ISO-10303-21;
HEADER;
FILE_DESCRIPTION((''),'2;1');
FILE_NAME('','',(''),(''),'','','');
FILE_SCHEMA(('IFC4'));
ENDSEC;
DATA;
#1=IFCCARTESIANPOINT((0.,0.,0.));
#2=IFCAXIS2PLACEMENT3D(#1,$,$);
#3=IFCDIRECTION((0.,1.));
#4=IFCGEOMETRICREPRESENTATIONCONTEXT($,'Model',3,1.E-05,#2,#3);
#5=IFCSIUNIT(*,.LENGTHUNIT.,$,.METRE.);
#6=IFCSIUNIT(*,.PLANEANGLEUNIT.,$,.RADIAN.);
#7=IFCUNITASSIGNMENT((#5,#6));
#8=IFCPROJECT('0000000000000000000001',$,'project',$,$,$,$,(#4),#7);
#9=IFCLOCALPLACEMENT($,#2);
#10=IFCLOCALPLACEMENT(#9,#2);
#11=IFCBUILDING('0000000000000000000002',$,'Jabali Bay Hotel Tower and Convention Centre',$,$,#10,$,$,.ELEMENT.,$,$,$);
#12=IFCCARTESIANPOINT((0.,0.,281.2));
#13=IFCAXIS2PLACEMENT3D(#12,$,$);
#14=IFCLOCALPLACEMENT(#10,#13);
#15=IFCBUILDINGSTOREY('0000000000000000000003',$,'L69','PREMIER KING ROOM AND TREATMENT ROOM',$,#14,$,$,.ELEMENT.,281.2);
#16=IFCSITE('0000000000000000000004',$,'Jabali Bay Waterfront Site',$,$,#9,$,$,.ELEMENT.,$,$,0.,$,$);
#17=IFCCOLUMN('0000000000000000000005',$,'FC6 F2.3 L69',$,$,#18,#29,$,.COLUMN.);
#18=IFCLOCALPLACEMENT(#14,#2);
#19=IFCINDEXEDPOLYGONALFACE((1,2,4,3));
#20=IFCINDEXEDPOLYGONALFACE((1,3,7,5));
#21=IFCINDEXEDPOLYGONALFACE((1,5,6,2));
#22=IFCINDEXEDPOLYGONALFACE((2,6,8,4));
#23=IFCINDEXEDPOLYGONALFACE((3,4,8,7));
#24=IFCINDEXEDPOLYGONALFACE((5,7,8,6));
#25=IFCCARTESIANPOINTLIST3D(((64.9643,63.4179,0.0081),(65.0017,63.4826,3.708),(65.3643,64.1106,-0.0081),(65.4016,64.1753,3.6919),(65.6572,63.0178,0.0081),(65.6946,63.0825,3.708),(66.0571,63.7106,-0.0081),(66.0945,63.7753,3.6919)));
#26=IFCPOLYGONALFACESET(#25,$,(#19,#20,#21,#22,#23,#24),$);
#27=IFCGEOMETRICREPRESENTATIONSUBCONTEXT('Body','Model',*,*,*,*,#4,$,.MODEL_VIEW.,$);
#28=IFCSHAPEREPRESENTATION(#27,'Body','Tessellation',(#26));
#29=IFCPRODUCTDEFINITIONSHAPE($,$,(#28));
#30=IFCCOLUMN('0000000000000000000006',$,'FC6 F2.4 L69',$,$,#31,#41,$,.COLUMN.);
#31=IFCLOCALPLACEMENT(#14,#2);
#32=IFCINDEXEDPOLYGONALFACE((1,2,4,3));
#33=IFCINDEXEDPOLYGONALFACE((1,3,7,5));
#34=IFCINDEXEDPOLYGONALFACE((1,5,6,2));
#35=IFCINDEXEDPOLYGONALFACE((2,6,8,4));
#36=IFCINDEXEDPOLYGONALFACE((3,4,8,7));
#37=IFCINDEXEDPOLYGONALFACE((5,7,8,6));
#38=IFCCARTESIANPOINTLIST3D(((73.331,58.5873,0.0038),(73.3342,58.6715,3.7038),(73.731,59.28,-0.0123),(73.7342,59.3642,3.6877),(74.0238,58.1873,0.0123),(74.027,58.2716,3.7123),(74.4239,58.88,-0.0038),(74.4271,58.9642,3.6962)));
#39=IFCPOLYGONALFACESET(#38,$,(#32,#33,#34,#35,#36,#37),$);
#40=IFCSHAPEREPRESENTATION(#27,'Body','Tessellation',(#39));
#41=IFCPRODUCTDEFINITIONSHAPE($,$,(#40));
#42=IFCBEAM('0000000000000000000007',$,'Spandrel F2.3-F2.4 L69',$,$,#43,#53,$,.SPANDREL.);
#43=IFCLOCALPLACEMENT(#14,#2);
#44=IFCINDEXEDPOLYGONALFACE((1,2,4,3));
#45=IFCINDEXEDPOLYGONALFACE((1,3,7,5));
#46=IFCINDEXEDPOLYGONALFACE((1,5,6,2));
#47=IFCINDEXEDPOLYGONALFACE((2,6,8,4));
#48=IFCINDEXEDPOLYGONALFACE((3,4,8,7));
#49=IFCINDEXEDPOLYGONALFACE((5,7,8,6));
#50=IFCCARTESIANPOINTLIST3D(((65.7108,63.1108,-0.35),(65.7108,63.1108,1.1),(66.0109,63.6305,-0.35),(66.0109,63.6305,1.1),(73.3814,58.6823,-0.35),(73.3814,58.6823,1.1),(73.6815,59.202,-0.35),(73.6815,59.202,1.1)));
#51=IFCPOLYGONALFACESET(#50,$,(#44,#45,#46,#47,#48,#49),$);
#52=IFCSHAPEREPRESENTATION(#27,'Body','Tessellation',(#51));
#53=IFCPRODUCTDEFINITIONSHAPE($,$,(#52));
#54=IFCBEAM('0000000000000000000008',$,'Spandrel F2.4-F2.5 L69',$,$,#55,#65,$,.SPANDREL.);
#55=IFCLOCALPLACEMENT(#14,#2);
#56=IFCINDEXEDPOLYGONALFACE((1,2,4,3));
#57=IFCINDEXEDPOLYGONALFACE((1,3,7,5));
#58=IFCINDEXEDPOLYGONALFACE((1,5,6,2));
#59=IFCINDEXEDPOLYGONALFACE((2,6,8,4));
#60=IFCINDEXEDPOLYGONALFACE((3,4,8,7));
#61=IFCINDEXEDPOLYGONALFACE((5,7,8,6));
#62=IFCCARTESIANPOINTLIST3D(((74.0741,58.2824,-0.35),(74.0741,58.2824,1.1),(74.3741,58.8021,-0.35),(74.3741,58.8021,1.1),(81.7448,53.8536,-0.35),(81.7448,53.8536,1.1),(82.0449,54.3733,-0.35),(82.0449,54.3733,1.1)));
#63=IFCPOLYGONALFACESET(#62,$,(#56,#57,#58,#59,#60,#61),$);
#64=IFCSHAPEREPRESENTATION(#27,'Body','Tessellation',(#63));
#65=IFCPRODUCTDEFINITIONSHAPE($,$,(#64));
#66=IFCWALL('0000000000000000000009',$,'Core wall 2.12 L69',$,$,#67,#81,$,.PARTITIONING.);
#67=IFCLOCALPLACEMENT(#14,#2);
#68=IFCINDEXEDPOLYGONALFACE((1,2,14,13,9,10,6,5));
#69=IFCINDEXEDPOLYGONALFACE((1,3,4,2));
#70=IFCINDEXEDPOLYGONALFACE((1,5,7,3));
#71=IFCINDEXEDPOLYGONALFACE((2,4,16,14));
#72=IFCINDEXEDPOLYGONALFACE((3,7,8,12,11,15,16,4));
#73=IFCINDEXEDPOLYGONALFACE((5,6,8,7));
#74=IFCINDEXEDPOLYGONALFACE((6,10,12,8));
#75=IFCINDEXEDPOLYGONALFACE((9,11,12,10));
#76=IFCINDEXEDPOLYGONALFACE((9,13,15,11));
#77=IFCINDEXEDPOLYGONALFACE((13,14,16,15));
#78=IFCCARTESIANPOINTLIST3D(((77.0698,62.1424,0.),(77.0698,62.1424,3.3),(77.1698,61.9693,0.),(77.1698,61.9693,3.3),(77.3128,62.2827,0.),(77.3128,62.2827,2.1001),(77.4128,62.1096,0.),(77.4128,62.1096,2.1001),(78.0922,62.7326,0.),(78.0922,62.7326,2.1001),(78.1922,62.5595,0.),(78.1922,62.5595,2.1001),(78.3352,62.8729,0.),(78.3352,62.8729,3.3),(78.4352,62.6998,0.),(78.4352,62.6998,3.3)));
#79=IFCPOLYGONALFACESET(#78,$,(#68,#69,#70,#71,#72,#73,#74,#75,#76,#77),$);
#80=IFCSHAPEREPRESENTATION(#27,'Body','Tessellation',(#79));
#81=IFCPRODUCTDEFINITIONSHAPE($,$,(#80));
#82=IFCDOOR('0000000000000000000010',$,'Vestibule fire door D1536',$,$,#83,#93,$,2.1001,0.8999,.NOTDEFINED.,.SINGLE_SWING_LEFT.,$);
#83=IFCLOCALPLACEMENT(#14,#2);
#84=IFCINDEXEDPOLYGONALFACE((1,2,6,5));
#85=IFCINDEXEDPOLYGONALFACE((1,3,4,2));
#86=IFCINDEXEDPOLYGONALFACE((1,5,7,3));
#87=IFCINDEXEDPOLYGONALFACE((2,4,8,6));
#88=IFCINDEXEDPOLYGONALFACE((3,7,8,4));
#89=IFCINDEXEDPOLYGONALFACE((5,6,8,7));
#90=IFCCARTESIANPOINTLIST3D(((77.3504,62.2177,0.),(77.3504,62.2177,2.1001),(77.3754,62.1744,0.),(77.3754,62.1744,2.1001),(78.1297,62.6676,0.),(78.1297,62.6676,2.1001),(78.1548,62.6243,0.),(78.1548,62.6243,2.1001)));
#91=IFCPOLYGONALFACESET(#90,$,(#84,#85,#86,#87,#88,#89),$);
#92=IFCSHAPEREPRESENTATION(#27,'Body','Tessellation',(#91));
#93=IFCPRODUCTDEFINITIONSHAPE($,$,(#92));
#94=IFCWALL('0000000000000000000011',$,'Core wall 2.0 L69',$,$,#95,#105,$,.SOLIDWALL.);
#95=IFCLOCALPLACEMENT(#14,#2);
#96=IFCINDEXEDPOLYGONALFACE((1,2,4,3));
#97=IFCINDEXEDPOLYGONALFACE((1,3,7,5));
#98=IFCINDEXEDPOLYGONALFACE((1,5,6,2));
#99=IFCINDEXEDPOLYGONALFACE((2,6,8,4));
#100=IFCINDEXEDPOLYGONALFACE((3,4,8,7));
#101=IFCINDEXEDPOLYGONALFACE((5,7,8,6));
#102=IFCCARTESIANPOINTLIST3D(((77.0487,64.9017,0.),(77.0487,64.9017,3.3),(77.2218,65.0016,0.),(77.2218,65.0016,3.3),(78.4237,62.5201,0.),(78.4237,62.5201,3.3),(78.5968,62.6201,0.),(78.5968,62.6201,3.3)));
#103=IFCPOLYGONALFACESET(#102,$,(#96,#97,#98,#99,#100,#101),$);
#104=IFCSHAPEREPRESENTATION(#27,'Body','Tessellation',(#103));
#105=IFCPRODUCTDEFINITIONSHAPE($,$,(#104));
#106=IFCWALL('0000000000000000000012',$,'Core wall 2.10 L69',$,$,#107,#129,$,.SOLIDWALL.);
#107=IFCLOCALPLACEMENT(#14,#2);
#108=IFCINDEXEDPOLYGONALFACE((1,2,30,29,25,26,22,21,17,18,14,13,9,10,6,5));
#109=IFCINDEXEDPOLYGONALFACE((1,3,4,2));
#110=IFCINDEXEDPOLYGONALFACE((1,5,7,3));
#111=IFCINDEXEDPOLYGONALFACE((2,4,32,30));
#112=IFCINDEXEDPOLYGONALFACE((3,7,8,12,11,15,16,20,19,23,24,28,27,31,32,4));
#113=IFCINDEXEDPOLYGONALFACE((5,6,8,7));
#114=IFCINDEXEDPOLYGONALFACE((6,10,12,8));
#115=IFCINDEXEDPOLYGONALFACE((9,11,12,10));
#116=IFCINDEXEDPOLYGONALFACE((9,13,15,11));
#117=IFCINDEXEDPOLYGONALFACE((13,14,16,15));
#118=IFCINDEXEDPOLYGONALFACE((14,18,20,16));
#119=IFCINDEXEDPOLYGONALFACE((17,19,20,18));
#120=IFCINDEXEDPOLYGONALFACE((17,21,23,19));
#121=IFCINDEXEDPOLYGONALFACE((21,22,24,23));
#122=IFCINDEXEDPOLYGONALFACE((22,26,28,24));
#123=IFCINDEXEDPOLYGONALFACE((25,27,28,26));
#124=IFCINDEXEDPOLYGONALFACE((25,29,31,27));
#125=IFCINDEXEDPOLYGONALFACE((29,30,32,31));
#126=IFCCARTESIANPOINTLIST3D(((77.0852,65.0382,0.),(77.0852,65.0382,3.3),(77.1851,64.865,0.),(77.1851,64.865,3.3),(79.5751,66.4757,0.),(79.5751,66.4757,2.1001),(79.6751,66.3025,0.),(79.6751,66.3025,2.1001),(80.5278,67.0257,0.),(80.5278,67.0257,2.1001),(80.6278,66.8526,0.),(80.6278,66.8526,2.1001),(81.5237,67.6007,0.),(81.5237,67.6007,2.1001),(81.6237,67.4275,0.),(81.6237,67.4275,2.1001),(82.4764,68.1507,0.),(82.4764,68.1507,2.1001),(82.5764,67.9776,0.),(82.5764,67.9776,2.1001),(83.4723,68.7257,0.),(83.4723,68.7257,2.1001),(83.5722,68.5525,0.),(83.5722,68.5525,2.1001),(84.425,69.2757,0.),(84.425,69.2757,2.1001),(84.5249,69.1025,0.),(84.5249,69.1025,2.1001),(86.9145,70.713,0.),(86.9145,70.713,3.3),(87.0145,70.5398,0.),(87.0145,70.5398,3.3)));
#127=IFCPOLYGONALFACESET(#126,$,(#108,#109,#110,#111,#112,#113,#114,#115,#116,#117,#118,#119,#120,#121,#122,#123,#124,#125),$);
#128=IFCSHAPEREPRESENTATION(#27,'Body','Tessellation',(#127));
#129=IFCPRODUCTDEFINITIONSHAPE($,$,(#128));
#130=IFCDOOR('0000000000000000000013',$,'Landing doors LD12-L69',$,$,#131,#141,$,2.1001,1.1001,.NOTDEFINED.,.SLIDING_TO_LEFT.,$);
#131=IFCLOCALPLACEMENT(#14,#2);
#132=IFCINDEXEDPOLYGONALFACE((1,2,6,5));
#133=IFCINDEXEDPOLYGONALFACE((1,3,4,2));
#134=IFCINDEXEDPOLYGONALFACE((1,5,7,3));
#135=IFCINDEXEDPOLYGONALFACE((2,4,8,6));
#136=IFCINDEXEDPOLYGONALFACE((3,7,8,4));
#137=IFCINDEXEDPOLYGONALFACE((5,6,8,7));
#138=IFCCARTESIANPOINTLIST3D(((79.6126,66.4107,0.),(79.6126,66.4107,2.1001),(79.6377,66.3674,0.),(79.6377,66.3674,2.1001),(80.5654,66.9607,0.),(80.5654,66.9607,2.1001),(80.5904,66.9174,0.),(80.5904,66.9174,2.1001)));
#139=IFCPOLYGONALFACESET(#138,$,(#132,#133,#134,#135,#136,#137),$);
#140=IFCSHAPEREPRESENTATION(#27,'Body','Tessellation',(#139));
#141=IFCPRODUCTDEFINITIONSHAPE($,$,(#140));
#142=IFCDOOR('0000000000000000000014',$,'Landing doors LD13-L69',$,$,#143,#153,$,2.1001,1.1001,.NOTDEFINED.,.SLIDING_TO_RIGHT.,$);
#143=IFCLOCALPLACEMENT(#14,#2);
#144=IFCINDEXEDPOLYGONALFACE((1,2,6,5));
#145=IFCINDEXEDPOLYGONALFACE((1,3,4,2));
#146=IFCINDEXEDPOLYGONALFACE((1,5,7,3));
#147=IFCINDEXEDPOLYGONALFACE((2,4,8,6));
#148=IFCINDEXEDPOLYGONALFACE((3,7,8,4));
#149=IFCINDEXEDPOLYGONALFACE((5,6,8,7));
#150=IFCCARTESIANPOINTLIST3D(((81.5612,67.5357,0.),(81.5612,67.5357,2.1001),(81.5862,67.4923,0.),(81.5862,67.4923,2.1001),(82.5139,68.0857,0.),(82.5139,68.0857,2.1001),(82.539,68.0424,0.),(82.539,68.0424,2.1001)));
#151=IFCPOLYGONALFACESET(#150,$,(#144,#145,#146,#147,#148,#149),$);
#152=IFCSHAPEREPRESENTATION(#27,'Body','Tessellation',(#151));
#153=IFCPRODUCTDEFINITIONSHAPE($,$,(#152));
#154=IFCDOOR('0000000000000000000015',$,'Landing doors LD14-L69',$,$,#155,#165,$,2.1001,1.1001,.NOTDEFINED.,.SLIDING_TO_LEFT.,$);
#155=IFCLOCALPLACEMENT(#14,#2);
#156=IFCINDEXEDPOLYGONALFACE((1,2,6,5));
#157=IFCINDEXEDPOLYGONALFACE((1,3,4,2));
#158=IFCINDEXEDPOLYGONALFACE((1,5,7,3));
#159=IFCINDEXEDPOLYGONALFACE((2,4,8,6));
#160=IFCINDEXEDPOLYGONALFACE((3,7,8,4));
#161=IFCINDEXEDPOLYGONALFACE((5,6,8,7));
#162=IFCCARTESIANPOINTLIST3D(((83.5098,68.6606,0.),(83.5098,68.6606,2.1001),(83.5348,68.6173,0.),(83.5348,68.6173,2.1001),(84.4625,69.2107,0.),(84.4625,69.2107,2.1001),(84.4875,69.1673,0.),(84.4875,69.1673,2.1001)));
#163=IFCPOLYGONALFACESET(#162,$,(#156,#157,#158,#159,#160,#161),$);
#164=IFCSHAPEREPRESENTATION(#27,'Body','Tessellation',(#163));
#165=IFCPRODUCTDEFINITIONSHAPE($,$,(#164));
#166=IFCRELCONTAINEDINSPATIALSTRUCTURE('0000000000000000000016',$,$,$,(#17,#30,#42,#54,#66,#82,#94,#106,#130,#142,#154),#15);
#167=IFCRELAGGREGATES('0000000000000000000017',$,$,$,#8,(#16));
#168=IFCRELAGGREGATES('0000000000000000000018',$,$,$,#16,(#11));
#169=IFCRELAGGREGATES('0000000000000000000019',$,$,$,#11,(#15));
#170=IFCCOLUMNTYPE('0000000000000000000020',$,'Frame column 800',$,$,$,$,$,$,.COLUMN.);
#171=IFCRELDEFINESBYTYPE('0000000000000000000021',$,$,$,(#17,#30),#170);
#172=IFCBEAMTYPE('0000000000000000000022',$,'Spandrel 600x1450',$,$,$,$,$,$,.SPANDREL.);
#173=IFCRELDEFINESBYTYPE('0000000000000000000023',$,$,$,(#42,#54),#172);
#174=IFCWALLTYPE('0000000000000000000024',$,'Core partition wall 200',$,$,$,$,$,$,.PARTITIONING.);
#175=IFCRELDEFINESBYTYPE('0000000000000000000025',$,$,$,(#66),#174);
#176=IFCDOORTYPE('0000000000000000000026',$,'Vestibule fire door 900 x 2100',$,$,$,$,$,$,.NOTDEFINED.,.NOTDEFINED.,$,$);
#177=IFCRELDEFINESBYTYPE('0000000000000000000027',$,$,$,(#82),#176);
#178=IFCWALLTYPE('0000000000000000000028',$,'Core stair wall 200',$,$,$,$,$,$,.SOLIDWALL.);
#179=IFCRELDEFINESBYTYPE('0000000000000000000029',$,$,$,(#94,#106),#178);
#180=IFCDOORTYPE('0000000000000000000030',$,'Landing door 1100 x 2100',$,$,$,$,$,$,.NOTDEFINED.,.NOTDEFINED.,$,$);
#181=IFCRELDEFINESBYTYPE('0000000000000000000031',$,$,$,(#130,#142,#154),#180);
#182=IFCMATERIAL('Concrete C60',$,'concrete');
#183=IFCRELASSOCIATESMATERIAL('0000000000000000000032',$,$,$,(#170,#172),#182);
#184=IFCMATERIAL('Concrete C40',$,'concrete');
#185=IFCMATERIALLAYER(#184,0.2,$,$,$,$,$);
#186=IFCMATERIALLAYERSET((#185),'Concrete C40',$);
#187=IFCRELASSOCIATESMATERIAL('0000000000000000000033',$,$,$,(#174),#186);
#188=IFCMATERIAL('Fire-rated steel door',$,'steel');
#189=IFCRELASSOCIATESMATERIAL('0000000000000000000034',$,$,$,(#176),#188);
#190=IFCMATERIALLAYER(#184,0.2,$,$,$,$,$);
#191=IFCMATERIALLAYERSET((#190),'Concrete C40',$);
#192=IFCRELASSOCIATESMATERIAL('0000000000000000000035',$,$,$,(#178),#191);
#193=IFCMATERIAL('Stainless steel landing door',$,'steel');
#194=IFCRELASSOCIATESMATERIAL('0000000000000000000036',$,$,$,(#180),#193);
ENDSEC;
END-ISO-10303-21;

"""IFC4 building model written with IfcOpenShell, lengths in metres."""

from ifc_helpers import new_model, si_unit, direction, frame, frame_2d, origin, origin_2d, place, context, subcontext, project, spatial, rectangle, extrude, material, layer, layer_set, material_profile, profile_set, type_object, element, fill, save


model = new_model("IFC4")

# Units and contexts
model_context = context("Model", 3, precision=1e-05, world=origin(), true_north=direction((0.0, 1.0)))
body_context = subcontext(model_context, "Body", "Model", "MODEL_VIEW")
ifc_project = project(units=[si_unit("LENGTHUNIT", "METRE"), si_unit("PLANEANGLEUNIT", "RADIAN")], contexts=[model_context])

# Site, building, storey
site_placement = place(None, origin())
site = spatial("IfcSite", under=ifc_project, at=site_placement, Name="Jabali Bay Waterfront Site", CompositionType="ELEMENT", RefElevation=0.0)
building_placement = place(site_placement, origin())
building = spatial("IfcBuilding", under=site, at=building_placement, Name="Jabali Bay Hotel Tower and Convention Centre", CompositionType="ELEMENT")
storey_placement = place(building_placement, frame((0.0, 0.0, 281.2)))
storey = spatial("IfcBuildingStorey", under=building, at=storey_placement, Name="L69", Description="PREMIER KING ROOM AND TREATMENT ROOM", CompositionType="ELEMENT", Elevation=281.2)

# Columns
ifc_material_1 = material(Name="Concrete C60", Category="concrete")
ifc_material_profile_1 = material_profile(ifc_material_1, rectangle(XDim=0.8, YDim=0.8, at=origin_2d()), Name="Frame column 800")
ifc_profile_set_1 = profile_set([ifc_material_profile_1], Name="Concrete C60")
column_type = type_object("IfcColumnType", Name="Frame column 800", PredefinedType="COLUMN", material=ifc_profile_set_1)
column_1_placement = place(storey_placement, frame((65.5107, 63.5642, 0.0), z_axis=(0.010094, 0.017482, 0.999796), x_axis=(-0.866026, 0.499999, 0.0)))
element("IfcColumn", 1, at=column_1_placement, inside=storey, type_object=column_type, Name="FC6 F2.3 L69", PredefinedType="COLUMN", context=body_context, shape_type="SweptSolid", body=[
    extrude(rectangle(XDim=0.8, YDim=0.8, at=origin_2d()), origin(), (0.0, 0.0, 1.0), 3.7007),
])
column_2_placement = place(storey_placement, frame((73.8774, 58.7336, 0.0), z_axis=(0.000858, 0.022759, 0.999741), x_axis=(-0.500033, -0.865772, 0.020138)))
element("IfcColumn", 2, at=column_2_placement, inside=storey, type_object=column_type, Name="FC6 F2.4 L69", PredefinedType="COLUMN", context=body_context, shape_type="SweptSolid", body=[
    extrude(rectangle(XDim=0.8, YDim=0.8, at=origin_2d()), origin(), (0.0, 0.0, 1.0), 3.7009),
])

# Beams
ifc_material_profile_2 = material_profile(ifc_material_1, rectangle(XDim=0.6001, YDim=1.45, at=origin_2d()), Name="Spandrel 600x1450")
ifc_profile_set_2 = profile_set([ifc_material_profile_2], Name="Concrete C60")
beam_type = type_object("IfcBeamType", Name="Spandrel 600x1450", PredefinedType="SPANDREL", material=ifc_profile_set_2)
beam_1_placement = place(storey_placement, frame((65.8608, 63.3706, 0.375), z_axis=(0.866035, -0.499984, 0.0), x_axis=(0.499984, 0.866035, 0.0)))
element("IfcBeam", 3, at=beam_1_placement, inside=storey, type_object=beam_type, Name="Spandrel F2.3-F2.4 L69", PredefinedType="SPANDREL", context=body_context, shape_type="SweptSolid", body=[
    extrude(rectangle(XDim=0.6001, YDim=1.45, at=origin_2d()), origin(), (0.0, 0.0, 1.0), 8.8572),
])
beam_2_placement = place(storey_placement, frame((74.2241, 58.5422, 0.375), z_axis=(0.866023, -0.500005, 0.0), x_axis=(0.500005, 0.866023, 0.0)))
element("IfcBeam", 4, at=beam_2_placement, inside=storey, type_object=beam_type, Name="Spandrel F2.4-F2.5 L69", PredefinedType="SPANDREL", context=body_context, shape_type="SweptSolid", body=[
    extrude(rectangle(XDim=0.6001, YDim=1.45, at=origin_2d()), origin(), (0.0, 0.0, 1.0), 8.8574),
])

# Wall, opening, door
ifc_material_2 = material(Name="Concrete C40", Category="concrete")
ifc_layer_1 = layer(ifc_material_2, 0.2)
ifc_layer_set_1 = layer_set([ifc_layer_1], Name="Concrete C40")
wall_type_1 = type_object("IfcWallType", Name="Core partition wall 200", PredefinedType="PARTITIONING", material=ifc_layer_set_1)
wall_1_placement = place(storey_placement, frame((77.1199, 62.0559, 0.0), z_axis=(0.0, 0.0, 1.0), x_axis=(0.866055, 0.499949, 0.0)))
wall_1 = element("IfcWall", 5, at=wall_1_placement, inside=storey, type_object=wall_type_1, Name="Core wall 2.12 L69", PredefinedType="PARTITIONING", context=body_context, shape_type="SweptSolid", body=[
    extrude(rectangle(XDim=1.4612, YDim=0.2, at=frame_2d((0.7305, 0.0))), origin(), (0.0, 0.0, 1.0), 3.3),
])
opening_1_placement = place(wall_1_placement, frame((0.2805, 0.0, 0.0)))
opening_1 = element("IfcOpeningElement", 6, at=opening_1_placement, cuts=wall_1, PredefinedType="OPENING", context=body_context, shape_type="SweptSolid", body=[
    extrude(rectangle(XDim=0.8999, YDim=2.1001, at=frame_2d((0.45, 1.05))), frame((0.0, 0.1104, 0.0), z_axis=(0.0, -1.0, 0.0), x_axis=(1.0, 0.0, 0.0)), (0.0, 0.0, 1.0), 0.2209),
])
ifc_material_3 = material(Name="Fire-rated steel door", Category="steel")
door_type_1 = type_object("IfcDoorType", Name="Vestibule fire door 900 x 2100", OperationType="NOTDEFINED", PredefinedType="NOTDEFINED", material=ifc_material_3)
door_1_placement = place(opening_1_placement, origin())
door_1 = element("IfcDoor", 7, at=door_1_placement, inside=storey, type_object=door_type_1, Name="Vestibule fire door D1536", OperationType="SINGLE_SWING_LEFT", OverallHeight=2.1001, OverallWidth=0.8999, PredefinedType="NOTDEFINED", context=body_context, shape_type="SweptSolid", body=[
    extrude(rectangle(XDim=0.8999, YDim=2.1001, at=frame_2d((0.45, 1.05))), frame((0.0, 0.0249, 0.0), z_axis=(0.0, -1.0, 0.0), x_axis=(1.0, 0.0, 0.0)), (0.0, 0.0, 1.0), 0.05),
])
fill(opening_1, door_1)

# Wall
ifc_layer_2 = layer(ifc_material_2, 0.2)
ifc_layer_set_2 = layer_set([ifc_layer_2], Name="Concrete C40")
wall_type_2 = type_object("IfcWallType", Name="Core stair wall 200", PredefinedType="SOLIDWALL", material=ifc_layer_set_2)
wall_2_placement = place(storey_placement, frame((77.1353, 64.9517, 0.0), z_axis=(0.0, 0.0, 1.0), x_axis=(0.499997, -0.866027, 0.0)))
element("IfcWall", 8, at=wall_2_placement, inside=storey, type_object=wall_type_2, Name="Core wall 2.0 L69", PredefinedType="SOLIDWALL", context=body_context, shape_type="SweptSolid", body=[
    extrude(rectangle(XDim=2.75, YDim=0.2, at=frame_2d((1.375, 0.0))), origin(), (0.0, 0.0, 1.0), 3.3),
])

# Wall, openings, doors
wall_3_placement = place(storey_placement, frame((77.1353, 64.9517, 0.0), z_axis=(0.0, 0.0, 1.0), x_axis=(0.866032, 0.499989, 0.0)))
wall_3 = element("IfcWall", 9, at=wall_3_placement, inside=storey, type_object=wall_type_2, Name="Core wall 2.10 L69", PredefinedType="SOLIDWALL", context=body_context, shape_type="SweptSolid", body=[
    extrude(rectangle(XDim=11.3499, YDim=0.2, at=frame_2d((5.6748, 0.0))), origin(), (0.0, 0.0, 1.0), 3.3),
])
opening_2_placement = place(wall_3_placement, frame((2.875, 0.0, 0.0)))
opening_2 = element("IfcOpeningElement", 10, at=opening_2_placement, cuts=wall_3, PredefinedType="OPENING", context=body_context, shape_type="SweptSolid", body=[
    extrude(rectangle(XDim=1.1001, YDim=2.1001, at=frame_2d((0.55, 1.05))), frame((0.0, 0.1104, 0.0), z_axis=(0.0, -1.0, 0.0), x_axis=(1.0, 0.0, 0.0)), (0.0, 0.0, 1.0), 0.2209),
])
opening_3_placement = place(wall_3_placement, frame((5.125, 0.0, 0.0)))
opening_3 = element("IfcOpeningElement", 11, at=opening_3_placement, cuts=wall_3, PredefinedType="OPENING", context=body_context, shape_type="SweptSolid", body=[
    extrude(rectangle(XDim=1.1001, YDim=2.1001, at=frame_2d((0.55, 1.05))), frame((0.0, 0.1104, 0.0), z_axis=(0.0, -1.0, 0.0), x_axis=(1.0, 0.0, 0.0)), (0.0, 0.0, 1.0), 0.2209),
])
opening_4_placement = place(wall_3_placement, frame((7.375, 0.0, 0.0)))
opening_4 = element("IfcOpeningElement", 12, at=opening_4_placement, cuts=wall_3, PredefinedType="OPENING", context=body_context, shape_type="SweptSolid", body=[
    extrude(rectangle(XDim=1.1001, YDim=2.1001, at=frame_2d((0.55, 1.05))), frame((0.0, 0.1104, 0.0), z_axis=(0.0, -1.0, 0.0), x_axis=(1.0, 0.0, 0.0)), (0.0, 0.0, 1.0), 0.2209),
])
ifc_material_4 = material(Name="Stainless steel landing door", Category="steel")
door_type_2 = type_object("IfcDoorType", Name="Landing door 1100 x 2100", OperationType="NOTDEFINED", PredefinedType="NOTDEFINED", material=ifc_material_4)
door_2_placement = place(opening_2_placement, origin())
door_2 = element("IfcDoor", 13, at=door_2_placement, inside=storey, type_object=door_type_2, Name="Landing doors LD12-L69", OperationType="SLIDING_TO_LEFT", OverallHeight=2.1001, OverallWidth=1.1001, PredefinedType="NOTDEFINED", context=body_context, shape_type="SweptSolid", body=[
    extrude(rectangle(XDim=1.1001, YDim=2.1001, at=frame_2d((0.55, 1.05))), frame((0.0, 0.0249, 0.0), z_axis=(0.0, -1.0, 0.0), x_axis=(1.0, 0.0, 0.0)), (0.0, 0.0, 1.0), 0.05),
])
fill(opening_2, door_2)
door_3_placement = place(opening_3_placement, origin())
door_3 = element("IfcDoor", 14, at=door_3_placement, inside=storey, type_object=door_type_2, Name="Landing doors LD13-L69", OperationType="SLIDING_TO_RIGHT", OverallHeight=2.1001, OverallWidth=1.1001, PredefinedType="NOTDEFINED", context=body_context, shape_type="SweptSolid", body=[
    extrude(rectangle(XDim=1.1001, YDim=2.1001, at=frame_2d((0.55, 1.05))), frame((0.0, 0.0249, 0.0), z_axis=(0.0, -1.0, 0.0), x_axis=(1.0, 0.0, 0.0)), (0.0, 0.0, 1.0), 0.05),
])
fill(opening_3, door_3)
door_4_placement = place(opening_4_placement, origin())
door_4 = element("IfcDoor", 15, at=door_4_placement, inside=storey, type_object=door_type_2, Name="Landing doors LD14-L69", OperationType="SLIDING_TO_LEFT", OverallHeight=2.1001, OverallWidth=1.1001, PredefinedType="NOTDEFINED", context=body_context, shape_type="SweptSolid", body=[
    extrude(rectangle(XDim=1.1001, YDim=2.1001, at=frame_2d((0.55, 1.05))), frame((0.0, 0.0249, 0.0), z_axis=(0.0, -1.0, 0.0), x_axis=(1.0, 0.0, 0.0)), (0.0, 0.0, 1.0), 0.05),
])
fill(opening_4, door_4)

save(model, "model.ifc")
